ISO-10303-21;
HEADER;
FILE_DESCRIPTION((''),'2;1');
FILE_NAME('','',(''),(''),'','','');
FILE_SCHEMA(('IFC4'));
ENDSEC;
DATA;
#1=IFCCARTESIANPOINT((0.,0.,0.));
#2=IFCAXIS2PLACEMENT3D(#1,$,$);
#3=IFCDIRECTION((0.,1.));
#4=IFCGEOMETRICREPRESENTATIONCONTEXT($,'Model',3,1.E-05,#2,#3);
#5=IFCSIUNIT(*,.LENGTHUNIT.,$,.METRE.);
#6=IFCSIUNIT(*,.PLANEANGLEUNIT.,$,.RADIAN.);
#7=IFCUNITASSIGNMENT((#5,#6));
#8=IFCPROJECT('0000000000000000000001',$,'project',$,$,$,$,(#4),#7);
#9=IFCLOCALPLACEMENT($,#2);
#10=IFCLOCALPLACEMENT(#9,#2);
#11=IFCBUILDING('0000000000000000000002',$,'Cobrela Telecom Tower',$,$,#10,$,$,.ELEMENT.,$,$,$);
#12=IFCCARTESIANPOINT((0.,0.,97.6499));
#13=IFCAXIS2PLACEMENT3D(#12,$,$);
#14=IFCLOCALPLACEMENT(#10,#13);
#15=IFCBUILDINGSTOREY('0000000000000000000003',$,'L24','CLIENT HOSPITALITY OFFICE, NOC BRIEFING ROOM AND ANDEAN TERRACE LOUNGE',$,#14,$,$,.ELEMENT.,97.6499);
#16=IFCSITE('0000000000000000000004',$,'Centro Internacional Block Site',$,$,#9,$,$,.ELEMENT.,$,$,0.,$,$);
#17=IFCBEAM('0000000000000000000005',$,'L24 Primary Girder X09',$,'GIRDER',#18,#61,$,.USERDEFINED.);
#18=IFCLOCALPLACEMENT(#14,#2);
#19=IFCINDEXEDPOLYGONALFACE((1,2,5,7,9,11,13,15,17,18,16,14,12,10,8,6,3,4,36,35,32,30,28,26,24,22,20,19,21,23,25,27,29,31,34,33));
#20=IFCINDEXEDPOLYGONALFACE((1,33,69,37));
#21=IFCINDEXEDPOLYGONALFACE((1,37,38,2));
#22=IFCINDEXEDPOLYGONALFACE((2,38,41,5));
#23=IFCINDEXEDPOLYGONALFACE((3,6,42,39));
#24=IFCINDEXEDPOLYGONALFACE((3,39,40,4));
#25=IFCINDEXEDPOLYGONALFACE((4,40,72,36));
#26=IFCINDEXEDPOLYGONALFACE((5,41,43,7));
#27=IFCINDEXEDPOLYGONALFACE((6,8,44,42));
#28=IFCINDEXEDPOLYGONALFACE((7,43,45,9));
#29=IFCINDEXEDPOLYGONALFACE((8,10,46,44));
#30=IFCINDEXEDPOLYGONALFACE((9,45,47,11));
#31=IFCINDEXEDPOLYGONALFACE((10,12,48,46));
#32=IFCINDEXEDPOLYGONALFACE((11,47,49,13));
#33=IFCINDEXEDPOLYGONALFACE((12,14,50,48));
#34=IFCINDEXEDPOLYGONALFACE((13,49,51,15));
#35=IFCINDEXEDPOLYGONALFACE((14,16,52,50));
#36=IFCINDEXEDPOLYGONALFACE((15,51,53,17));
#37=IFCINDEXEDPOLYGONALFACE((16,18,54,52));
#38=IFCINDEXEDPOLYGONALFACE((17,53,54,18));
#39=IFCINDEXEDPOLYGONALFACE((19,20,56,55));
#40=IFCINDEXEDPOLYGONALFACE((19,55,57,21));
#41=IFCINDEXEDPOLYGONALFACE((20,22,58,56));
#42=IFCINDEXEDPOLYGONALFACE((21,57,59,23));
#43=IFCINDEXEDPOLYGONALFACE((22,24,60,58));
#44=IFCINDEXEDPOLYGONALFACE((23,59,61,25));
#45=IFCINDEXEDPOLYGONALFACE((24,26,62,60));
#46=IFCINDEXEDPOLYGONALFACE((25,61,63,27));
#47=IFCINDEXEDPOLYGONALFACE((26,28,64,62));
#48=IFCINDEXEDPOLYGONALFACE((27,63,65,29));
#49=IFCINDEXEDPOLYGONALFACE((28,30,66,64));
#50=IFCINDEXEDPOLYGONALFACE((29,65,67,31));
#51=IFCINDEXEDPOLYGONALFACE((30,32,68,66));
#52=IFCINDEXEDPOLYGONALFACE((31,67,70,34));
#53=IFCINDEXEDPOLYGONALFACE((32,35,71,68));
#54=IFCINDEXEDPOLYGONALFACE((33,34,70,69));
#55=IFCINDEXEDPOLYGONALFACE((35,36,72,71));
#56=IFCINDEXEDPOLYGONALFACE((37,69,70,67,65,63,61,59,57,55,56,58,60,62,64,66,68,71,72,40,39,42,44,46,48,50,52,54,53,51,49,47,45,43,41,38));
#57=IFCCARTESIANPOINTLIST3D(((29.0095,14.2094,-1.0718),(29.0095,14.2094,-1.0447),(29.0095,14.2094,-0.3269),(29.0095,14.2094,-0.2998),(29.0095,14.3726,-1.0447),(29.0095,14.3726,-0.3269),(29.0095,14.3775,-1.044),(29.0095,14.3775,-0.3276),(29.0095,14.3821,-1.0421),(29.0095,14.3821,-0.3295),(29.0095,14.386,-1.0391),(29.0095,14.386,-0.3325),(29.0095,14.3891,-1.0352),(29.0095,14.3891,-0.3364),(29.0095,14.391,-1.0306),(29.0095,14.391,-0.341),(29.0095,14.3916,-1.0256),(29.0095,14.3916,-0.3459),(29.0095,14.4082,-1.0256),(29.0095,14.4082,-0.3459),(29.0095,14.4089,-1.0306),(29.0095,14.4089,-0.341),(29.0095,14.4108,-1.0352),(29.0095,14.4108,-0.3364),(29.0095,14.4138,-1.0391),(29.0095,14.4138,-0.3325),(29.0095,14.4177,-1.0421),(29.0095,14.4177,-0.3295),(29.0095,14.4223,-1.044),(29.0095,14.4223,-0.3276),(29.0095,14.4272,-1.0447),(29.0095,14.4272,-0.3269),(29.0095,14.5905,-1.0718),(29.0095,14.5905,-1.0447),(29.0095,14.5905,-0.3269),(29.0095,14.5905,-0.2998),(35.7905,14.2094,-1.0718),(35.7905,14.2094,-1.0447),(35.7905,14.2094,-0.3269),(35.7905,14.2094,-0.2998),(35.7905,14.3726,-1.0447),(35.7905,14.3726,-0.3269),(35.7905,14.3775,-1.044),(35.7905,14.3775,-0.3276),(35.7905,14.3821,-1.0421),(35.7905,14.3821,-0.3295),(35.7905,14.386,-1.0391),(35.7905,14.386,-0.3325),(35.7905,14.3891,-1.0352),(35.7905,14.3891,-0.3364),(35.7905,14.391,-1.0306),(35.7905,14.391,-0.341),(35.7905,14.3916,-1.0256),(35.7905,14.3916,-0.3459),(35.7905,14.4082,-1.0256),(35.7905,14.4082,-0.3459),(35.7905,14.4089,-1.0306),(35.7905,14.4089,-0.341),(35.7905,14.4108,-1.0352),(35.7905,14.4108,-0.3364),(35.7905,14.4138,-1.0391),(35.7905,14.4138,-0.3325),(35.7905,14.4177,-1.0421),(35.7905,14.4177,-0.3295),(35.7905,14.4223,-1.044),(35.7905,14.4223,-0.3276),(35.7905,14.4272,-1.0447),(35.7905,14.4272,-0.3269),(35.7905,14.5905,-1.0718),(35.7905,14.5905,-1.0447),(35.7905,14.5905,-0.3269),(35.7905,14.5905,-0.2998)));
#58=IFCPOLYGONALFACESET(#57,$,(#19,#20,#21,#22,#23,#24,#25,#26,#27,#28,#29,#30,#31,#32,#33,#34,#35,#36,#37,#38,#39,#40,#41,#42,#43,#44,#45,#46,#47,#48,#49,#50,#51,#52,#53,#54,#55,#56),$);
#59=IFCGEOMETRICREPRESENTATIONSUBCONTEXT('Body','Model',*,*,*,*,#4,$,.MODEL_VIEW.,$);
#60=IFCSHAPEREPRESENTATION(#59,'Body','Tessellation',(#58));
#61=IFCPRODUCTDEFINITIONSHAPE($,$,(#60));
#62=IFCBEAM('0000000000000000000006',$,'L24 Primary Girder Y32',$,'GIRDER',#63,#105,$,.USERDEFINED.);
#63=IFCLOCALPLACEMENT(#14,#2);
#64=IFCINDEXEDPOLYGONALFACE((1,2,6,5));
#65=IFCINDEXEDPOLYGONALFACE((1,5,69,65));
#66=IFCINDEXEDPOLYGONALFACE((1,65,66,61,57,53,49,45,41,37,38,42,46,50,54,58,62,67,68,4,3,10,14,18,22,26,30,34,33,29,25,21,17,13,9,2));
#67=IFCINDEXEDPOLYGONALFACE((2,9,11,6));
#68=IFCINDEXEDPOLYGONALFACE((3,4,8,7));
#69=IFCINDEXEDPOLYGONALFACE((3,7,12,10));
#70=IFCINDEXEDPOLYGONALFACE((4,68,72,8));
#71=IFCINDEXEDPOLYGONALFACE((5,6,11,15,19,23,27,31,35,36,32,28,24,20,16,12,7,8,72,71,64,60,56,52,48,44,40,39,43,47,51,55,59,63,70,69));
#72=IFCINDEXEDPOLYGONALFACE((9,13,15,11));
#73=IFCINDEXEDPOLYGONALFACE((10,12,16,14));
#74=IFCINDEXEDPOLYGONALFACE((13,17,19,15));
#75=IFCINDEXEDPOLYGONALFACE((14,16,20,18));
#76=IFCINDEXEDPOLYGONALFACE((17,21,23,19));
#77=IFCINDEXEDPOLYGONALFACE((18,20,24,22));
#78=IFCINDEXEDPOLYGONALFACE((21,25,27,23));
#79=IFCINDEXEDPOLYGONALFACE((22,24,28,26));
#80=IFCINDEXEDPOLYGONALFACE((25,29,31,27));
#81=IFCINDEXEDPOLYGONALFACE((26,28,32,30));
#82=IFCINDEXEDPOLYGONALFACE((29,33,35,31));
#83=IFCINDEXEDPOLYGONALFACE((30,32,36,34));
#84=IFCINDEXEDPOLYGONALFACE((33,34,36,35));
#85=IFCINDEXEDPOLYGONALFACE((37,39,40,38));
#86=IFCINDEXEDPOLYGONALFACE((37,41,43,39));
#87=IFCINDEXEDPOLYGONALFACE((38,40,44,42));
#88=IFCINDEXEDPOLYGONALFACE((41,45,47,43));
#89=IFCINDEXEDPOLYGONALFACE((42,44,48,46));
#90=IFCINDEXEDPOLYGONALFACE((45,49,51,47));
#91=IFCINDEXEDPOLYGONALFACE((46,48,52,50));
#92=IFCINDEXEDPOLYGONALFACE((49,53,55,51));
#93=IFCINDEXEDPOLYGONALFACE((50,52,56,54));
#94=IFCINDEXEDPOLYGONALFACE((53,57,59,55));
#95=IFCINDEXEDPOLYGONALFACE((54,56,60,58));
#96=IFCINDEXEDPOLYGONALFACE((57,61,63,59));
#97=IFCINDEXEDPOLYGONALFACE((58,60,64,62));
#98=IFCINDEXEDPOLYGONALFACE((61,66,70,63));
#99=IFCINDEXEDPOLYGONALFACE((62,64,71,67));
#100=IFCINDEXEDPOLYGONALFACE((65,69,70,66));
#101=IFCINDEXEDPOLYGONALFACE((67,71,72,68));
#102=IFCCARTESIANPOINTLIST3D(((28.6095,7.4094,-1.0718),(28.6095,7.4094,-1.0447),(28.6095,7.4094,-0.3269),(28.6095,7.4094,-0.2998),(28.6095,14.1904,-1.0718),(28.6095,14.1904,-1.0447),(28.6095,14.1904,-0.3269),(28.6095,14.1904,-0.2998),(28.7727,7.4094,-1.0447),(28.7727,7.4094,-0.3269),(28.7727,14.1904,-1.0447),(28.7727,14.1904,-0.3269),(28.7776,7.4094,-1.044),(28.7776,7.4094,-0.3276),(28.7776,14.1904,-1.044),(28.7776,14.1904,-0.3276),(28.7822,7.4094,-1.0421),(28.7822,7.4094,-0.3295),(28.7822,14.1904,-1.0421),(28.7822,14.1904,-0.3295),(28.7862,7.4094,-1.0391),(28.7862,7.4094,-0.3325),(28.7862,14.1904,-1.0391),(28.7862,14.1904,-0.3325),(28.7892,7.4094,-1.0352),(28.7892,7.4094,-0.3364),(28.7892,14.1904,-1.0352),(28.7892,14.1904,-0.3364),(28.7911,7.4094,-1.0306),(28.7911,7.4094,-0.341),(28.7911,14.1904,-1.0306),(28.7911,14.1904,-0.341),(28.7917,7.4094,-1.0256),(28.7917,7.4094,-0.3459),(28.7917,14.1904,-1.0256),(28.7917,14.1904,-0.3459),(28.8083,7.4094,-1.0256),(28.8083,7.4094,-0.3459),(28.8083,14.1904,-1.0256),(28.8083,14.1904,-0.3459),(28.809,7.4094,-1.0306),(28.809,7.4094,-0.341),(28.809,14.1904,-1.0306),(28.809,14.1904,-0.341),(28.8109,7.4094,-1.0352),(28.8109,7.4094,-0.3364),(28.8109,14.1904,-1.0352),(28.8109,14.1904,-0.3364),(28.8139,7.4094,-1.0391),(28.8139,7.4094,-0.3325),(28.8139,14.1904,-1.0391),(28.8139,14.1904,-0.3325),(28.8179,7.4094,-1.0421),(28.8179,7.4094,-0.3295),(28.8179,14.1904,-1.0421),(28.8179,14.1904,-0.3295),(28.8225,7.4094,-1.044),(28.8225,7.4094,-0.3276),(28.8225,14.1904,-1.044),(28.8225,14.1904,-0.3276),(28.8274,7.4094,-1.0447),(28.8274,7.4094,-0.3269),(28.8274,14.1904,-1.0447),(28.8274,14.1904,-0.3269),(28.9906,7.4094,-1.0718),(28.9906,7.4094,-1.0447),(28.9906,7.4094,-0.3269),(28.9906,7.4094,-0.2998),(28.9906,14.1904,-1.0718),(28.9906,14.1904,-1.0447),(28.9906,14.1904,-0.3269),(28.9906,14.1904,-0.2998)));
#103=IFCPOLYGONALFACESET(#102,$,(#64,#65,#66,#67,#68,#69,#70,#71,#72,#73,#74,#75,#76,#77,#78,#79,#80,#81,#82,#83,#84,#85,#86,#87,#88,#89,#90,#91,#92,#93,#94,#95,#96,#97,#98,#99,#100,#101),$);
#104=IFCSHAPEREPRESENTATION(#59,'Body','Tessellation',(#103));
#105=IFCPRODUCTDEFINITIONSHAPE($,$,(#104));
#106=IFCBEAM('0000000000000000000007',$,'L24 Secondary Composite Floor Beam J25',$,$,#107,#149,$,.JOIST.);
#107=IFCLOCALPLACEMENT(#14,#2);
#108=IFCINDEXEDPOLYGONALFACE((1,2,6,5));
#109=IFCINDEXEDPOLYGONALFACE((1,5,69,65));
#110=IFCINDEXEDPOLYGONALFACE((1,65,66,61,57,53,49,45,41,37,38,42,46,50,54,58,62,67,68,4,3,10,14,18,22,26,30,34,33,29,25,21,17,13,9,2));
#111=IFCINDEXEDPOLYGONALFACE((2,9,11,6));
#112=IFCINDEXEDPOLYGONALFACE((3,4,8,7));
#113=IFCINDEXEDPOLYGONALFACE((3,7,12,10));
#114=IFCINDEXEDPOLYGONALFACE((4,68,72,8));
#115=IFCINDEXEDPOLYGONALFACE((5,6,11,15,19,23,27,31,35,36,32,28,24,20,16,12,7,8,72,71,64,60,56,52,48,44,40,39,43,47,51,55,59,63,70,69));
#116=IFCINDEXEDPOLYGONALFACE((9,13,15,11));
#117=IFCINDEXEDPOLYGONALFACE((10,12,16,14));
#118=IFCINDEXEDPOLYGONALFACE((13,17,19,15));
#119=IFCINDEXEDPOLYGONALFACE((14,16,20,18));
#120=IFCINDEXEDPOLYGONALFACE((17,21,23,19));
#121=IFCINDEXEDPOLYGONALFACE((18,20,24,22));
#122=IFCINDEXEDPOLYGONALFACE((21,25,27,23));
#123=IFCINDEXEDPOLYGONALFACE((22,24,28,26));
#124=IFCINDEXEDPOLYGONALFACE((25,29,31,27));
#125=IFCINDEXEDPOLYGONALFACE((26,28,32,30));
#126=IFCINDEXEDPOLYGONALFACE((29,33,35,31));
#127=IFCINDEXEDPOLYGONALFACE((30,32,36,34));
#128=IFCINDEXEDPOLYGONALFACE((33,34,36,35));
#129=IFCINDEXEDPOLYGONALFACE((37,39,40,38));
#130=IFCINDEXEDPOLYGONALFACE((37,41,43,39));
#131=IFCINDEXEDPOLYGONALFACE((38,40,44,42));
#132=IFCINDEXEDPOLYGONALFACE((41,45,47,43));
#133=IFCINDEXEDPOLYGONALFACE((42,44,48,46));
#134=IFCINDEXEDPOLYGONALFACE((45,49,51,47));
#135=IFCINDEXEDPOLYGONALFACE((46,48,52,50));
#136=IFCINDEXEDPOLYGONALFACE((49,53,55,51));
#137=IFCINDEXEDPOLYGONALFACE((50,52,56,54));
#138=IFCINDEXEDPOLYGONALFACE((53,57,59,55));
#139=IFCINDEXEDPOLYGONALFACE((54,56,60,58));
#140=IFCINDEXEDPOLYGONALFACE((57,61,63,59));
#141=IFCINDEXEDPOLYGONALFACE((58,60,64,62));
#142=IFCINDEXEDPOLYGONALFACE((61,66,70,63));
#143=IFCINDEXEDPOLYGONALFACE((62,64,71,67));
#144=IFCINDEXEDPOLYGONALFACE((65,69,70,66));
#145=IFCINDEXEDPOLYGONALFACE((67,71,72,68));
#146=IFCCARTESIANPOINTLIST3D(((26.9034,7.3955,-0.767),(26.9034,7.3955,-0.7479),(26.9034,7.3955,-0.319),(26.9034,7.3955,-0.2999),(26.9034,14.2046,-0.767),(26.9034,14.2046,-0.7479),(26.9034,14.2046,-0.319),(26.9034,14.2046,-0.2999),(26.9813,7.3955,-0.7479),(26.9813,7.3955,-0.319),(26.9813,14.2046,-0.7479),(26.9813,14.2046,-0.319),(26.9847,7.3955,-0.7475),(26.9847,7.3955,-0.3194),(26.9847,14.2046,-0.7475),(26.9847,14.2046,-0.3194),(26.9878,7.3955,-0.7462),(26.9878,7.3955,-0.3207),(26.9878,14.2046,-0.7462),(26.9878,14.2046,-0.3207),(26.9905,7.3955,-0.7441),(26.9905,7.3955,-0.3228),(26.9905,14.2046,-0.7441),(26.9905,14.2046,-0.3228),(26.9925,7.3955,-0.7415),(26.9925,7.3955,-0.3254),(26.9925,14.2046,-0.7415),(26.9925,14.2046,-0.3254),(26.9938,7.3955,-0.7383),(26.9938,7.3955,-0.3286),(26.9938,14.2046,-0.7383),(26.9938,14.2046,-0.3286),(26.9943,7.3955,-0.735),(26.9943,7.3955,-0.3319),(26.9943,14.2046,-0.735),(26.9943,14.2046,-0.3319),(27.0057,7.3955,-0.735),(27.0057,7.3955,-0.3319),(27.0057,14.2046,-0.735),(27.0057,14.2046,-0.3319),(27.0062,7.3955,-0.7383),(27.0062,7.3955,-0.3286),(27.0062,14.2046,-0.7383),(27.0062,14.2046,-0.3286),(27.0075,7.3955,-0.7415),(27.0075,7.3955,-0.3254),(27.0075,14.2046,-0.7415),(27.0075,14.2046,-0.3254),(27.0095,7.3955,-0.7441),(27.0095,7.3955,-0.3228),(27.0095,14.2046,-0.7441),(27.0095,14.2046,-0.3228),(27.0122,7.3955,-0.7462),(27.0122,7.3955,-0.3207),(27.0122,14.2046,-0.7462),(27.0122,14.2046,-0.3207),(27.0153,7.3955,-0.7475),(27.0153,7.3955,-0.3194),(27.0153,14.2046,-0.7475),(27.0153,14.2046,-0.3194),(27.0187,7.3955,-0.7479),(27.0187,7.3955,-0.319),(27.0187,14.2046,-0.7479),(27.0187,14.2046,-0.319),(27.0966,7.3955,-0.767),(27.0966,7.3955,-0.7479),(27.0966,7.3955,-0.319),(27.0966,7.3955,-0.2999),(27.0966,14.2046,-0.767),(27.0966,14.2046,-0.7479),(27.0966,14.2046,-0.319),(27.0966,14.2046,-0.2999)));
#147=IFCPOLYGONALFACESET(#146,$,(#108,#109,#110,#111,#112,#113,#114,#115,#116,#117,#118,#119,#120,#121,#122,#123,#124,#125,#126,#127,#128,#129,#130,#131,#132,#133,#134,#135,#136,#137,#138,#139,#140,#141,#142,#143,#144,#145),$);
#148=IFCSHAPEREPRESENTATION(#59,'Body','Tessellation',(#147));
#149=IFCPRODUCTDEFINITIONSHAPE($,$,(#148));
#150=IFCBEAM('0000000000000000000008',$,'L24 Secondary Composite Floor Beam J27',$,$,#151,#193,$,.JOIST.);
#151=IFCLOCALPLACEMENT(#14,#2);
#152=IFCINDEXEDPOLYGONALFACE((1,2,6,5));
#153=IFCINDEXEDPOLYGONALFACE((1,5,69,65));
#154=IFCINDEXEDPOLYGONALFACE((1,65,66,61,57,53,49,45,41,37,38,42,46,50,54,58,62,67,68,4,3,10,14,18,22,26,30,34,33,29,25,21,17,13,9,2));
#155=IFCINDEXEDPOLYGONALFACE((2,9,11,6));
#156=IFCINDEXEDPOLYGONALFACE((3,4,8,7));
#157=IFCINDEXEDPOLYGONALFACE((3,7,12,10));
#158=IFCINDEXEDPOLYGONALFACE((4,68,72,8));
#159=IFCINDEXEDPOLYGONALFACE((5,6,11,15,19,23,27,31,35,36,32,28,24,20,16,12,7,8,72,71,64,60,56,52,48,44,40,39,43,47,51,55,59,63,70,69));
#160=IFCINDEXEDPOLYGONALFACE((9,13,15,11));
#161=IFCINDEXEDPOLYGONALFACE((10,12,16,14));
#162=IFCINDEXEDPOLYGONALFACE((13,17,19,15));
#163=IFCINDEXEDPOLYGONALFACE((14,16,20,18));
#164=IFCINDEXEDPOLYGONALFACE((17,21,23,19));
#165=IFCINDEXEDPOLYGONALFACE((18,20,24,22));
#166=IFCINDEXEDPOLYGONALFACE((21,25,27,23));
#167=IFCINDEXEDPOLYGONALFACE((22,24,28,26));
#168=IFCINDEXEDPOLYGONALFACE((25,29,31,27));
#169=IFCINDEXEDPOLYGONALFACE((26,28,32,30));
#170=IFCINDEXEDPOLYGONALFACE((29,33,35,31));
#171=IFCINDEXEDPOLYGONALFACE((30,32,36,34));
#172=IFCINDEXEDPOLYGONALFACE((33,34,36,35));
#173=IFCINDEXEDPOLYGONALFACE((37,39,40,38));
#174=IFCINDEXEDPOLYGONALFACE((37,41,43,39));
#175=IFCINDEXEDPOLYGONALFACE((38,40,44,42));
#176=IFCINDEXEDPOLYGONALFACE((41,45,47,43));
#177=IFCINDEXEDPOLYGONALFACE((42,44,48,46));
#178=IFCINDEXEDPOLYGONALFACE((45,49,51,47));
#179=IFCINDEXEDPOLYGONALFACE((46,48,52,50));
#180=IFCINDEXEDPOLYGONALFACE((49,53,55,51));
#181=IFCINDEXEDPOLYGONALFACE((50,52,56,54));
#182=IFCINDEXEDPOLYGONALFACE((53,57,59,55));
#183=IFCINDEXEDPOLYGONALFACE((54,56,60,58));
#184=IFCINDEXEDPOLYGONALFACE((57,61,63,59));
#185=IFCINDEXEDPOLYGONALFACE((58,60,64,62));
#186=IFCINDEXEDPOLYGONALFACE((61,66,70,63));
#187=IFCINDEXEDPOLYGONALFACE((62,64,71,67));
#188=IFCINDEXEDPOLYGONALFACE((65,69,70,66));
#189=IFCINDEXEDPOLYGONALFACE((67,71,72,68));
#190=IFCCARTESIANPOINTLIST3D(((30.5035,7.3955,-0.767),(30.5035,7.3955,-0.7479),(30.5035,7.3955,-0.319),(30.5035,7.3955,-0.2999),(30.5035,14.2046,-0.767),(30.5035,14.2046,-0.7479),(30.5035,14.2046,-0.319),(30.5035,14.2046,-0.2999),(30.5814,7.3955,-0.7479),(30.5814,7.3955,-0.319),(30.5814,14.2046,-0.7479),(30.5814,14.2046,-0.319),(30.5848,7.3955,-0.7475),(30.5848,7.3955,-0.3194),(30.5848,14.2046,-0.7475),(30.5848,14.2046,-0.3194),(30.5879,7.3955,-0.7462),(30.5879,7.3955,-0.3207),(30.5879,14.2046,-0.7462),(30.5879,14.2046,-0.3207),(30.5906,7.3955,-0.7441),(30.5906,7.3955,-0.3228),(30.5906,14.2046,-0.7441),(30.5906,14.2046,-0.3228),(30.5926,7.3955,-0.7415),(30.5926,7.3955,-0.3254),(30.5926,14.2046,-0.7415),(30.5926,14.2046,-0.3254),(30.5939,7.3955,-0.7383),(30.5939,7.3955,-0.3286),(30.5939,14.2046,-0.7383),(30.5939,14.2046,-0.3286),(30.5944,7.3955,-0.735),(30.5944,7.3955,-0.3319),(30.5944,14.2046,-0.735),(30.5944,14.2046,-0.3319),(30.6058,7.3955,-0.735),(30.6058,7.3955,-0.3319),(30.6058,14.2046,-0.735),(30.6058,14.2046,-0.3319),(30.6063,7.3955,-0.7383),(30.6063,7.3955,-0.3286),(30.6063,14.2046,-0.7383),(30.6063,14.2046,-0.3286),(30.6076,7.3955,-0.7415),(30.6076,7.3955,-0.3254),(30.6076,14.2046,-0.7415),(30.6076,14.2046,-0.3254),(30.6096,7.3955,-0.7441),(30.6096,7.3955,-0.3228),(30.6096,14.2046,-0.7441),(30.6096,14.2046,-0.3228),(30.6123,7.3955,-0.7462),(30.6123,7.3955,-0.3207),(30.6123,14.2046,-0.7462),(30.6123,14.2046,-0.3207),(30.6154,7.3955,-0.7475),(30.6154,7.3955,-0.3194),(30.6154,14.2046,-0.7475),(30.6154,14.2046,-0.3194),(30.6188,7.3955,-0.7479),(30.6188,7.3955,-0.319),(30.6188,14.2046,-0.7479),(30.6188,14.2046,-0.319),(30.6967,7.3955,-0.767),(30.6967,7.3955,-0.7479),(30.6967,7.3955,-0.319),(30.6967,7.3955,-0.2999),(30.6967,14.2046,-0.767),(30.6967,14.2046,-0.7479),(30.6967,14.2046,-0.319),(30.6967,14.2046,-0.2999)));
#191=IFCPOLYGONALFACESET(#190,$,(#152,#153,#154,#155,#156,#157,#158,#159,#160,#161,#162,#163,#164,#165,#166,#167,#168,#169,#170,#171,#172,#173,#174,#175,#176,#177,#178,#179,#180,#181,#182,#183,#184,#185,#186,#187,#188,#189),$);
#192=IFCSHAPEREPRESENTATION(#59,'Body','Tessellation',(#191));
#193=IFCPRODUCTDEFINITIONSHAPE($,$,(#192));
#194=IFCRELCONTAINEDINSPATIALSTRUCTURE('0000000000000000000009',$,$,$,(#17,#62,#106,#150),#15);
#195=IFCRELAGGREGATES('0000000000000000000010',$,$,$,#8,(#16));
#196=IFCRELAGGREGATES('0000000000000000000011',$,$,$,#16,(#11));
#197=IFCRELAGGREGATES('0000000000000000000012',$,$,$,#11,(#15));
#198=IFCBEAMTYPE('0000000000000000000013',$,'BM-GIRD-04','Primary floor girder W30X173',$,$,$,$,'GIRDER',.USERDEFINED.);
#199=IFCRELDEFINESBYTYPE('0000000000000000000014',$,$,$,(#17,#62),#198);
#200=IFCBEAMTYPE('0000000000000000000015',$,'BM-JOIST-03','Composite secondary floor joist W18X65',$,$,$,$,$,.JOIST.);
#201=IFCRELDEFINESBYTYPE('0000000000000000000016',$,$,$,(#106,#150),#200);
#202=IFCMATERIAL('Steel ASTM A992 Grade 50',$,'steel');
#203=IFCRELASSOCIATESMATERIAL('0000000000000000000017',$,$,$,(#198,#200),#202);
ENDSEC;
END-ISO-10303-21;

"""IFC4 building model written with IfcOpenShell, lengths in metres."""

from ifc_helpers import new_model, si_unit, direction, frame, origin, origin_2d, place, context, subcontext, project, spatial, i_section, extrude, material, material_profile, profile_set, type_object, element, save


model = new_model("IFC4")

# Units and contexts
model_context = context("Model", 3, precision=1e-05, world=origin(), true_north=direction((0.0, 1.0)))
body_context = subcontext(model_context, "Body", "Model", "MODEL_VIEW")
ifc_project = project(units=[si_unit("LENGTHUNIT", "METRE"), si_unit("PLANEANGLEUNIT", "RADIAN")], contexts=[model_context])

# Site, building, storey
site_placement = place(None, origin())
site = spatial("IfcSite", under=ifc_project, at=site_placement, Name="Centro Internacional Block Site", CompositionType="ELEMENT", RefElevation=0.0)
building_placement = place(site_placement, origin())
building = spatial("IfcBuilding", under=site, at=building_placement, Name="Cobrela Telecom Tower", CompositionType="ELEMENT")
storey_placement = place(building_placement, frame((0.0, 0.0, 97.6499)))
storey = spatial("IfcBuildingStorey", under=building, at=storey_placement, Name="L24", Description="CLIENT HOSPITALITY OFFICE, NOC BRIEFING ROOM AND ANDEAN TERRACE LOUNGE", CompositionType="ELEMENT", Elevation=97.6499)

# Shared definitions
ifc_material_1 = material(Name="Steel ASTM A992 Grade 50", Category="steel")

# Beams
ifc_material_profile_1 = material_profile(ifc_material_1, i_section(OverallWidth=0.3811, OverallDepth=0.772, WebThickness=0.0166, FlangeThickness=0.0271, FilletRadius=0.019, at=origin_2d()), Name="W30X173")
ifc_profile_set_1 = profile_set([ifc_material_profile_1], Name="Steel ASTM A992 Grade 50")
beam_type_1 = type_object("IfcBeamType", Name="BM-GIRD-04", Description="Primary floor girder W30X173", ElementType="GIRDER", PredefinedType="USERDEFINED", material=ifc_profile_set_1)
for number, where, z_axis, x_axis, name in (
    (1, (29.0095, 14.3999, -0.6858), (1.0, 0.0, 0.0), (0.0, 1.0, 0.0), "L24 Primary Girder X09"),
    (2, (28.8, 7.4094, -0.6858), (0.0, 1.0, 0.0), (-1.0, 0.0, 0.0), "L24 Primary Girder Y32"),
):
    element("IfcBeam", number, at=place(storey_placement, frame(where, z_axis=z_axis, x_axis=x_axis)), inside=storey, type_object=beam_type_1, Name=name, ObjectType="GIRDER", PredefinedType="USERDEFINED", context=body_context, shape_type="SweptSolid", body=[
        extrude(i_section(OverallWidth=0.3811, OverallDepth=0.772, WebThickness=0.0166, FlangeThickness=0.0271, FilletRadius=0.019, at=origin_2d()), origin(), (0.0, 0.0, 1.0), 6.781),
    ])
ifc_material_profile_2 = material_profile(ifc_material_1, i_section(OverallWidth=0.1931, OverallDepth=0.467, WebThickness=0.0115, FlangeThickness=0.019, FilletRadius=0.0129, at=origin_2d()), Name="W18X65")
ifc_profile_set_2 = profile_set([ifc_material_profile_2], Name="Steel ASTM A992 Grade 50")
beam_type_2 = type_object("IfcBeamType", Name="BM-JOIST-03", Description="Composite secondary floor joist W18X65", PredefinedType="JOIST", material=ifc_profile_set_2)
for number, where, z_axis, x_axis, name in (
    (3, (27.0, 7.3955, -0.5334), (0.0, 1.0, 0.0), (-1.0, 0.0, 0.0), "L24 Secondary Composite Floor Beam J25"),
    (4, (30.6001, 7.3955, -0.5334), (0.0, 1.0, 0.0), (-1.0, 0.0, 0.0), "L24 Secondary Composite Floor Beam J27"),
):
    element("IfcBeam", number, at=place(storey_placement, frame(where, z_axis=z_axis, x_axis=x_axis)), inside=storey, type_object=beam_type_2, Name=name, PredefinedType="JOIST", context=body_context, shape_type="SweptSolid", body=[
        extrude(i_section(OverallWidth=0.1931, OverallDepth=0.467, WebThickness=0.0115, FlangeThickness=0.019, FilletRadius=0.0129, at=origin_2d()), origin(), (0.0, 0.0, 1.0), 6.8091),
    ])

save(model, "model.ifc")
